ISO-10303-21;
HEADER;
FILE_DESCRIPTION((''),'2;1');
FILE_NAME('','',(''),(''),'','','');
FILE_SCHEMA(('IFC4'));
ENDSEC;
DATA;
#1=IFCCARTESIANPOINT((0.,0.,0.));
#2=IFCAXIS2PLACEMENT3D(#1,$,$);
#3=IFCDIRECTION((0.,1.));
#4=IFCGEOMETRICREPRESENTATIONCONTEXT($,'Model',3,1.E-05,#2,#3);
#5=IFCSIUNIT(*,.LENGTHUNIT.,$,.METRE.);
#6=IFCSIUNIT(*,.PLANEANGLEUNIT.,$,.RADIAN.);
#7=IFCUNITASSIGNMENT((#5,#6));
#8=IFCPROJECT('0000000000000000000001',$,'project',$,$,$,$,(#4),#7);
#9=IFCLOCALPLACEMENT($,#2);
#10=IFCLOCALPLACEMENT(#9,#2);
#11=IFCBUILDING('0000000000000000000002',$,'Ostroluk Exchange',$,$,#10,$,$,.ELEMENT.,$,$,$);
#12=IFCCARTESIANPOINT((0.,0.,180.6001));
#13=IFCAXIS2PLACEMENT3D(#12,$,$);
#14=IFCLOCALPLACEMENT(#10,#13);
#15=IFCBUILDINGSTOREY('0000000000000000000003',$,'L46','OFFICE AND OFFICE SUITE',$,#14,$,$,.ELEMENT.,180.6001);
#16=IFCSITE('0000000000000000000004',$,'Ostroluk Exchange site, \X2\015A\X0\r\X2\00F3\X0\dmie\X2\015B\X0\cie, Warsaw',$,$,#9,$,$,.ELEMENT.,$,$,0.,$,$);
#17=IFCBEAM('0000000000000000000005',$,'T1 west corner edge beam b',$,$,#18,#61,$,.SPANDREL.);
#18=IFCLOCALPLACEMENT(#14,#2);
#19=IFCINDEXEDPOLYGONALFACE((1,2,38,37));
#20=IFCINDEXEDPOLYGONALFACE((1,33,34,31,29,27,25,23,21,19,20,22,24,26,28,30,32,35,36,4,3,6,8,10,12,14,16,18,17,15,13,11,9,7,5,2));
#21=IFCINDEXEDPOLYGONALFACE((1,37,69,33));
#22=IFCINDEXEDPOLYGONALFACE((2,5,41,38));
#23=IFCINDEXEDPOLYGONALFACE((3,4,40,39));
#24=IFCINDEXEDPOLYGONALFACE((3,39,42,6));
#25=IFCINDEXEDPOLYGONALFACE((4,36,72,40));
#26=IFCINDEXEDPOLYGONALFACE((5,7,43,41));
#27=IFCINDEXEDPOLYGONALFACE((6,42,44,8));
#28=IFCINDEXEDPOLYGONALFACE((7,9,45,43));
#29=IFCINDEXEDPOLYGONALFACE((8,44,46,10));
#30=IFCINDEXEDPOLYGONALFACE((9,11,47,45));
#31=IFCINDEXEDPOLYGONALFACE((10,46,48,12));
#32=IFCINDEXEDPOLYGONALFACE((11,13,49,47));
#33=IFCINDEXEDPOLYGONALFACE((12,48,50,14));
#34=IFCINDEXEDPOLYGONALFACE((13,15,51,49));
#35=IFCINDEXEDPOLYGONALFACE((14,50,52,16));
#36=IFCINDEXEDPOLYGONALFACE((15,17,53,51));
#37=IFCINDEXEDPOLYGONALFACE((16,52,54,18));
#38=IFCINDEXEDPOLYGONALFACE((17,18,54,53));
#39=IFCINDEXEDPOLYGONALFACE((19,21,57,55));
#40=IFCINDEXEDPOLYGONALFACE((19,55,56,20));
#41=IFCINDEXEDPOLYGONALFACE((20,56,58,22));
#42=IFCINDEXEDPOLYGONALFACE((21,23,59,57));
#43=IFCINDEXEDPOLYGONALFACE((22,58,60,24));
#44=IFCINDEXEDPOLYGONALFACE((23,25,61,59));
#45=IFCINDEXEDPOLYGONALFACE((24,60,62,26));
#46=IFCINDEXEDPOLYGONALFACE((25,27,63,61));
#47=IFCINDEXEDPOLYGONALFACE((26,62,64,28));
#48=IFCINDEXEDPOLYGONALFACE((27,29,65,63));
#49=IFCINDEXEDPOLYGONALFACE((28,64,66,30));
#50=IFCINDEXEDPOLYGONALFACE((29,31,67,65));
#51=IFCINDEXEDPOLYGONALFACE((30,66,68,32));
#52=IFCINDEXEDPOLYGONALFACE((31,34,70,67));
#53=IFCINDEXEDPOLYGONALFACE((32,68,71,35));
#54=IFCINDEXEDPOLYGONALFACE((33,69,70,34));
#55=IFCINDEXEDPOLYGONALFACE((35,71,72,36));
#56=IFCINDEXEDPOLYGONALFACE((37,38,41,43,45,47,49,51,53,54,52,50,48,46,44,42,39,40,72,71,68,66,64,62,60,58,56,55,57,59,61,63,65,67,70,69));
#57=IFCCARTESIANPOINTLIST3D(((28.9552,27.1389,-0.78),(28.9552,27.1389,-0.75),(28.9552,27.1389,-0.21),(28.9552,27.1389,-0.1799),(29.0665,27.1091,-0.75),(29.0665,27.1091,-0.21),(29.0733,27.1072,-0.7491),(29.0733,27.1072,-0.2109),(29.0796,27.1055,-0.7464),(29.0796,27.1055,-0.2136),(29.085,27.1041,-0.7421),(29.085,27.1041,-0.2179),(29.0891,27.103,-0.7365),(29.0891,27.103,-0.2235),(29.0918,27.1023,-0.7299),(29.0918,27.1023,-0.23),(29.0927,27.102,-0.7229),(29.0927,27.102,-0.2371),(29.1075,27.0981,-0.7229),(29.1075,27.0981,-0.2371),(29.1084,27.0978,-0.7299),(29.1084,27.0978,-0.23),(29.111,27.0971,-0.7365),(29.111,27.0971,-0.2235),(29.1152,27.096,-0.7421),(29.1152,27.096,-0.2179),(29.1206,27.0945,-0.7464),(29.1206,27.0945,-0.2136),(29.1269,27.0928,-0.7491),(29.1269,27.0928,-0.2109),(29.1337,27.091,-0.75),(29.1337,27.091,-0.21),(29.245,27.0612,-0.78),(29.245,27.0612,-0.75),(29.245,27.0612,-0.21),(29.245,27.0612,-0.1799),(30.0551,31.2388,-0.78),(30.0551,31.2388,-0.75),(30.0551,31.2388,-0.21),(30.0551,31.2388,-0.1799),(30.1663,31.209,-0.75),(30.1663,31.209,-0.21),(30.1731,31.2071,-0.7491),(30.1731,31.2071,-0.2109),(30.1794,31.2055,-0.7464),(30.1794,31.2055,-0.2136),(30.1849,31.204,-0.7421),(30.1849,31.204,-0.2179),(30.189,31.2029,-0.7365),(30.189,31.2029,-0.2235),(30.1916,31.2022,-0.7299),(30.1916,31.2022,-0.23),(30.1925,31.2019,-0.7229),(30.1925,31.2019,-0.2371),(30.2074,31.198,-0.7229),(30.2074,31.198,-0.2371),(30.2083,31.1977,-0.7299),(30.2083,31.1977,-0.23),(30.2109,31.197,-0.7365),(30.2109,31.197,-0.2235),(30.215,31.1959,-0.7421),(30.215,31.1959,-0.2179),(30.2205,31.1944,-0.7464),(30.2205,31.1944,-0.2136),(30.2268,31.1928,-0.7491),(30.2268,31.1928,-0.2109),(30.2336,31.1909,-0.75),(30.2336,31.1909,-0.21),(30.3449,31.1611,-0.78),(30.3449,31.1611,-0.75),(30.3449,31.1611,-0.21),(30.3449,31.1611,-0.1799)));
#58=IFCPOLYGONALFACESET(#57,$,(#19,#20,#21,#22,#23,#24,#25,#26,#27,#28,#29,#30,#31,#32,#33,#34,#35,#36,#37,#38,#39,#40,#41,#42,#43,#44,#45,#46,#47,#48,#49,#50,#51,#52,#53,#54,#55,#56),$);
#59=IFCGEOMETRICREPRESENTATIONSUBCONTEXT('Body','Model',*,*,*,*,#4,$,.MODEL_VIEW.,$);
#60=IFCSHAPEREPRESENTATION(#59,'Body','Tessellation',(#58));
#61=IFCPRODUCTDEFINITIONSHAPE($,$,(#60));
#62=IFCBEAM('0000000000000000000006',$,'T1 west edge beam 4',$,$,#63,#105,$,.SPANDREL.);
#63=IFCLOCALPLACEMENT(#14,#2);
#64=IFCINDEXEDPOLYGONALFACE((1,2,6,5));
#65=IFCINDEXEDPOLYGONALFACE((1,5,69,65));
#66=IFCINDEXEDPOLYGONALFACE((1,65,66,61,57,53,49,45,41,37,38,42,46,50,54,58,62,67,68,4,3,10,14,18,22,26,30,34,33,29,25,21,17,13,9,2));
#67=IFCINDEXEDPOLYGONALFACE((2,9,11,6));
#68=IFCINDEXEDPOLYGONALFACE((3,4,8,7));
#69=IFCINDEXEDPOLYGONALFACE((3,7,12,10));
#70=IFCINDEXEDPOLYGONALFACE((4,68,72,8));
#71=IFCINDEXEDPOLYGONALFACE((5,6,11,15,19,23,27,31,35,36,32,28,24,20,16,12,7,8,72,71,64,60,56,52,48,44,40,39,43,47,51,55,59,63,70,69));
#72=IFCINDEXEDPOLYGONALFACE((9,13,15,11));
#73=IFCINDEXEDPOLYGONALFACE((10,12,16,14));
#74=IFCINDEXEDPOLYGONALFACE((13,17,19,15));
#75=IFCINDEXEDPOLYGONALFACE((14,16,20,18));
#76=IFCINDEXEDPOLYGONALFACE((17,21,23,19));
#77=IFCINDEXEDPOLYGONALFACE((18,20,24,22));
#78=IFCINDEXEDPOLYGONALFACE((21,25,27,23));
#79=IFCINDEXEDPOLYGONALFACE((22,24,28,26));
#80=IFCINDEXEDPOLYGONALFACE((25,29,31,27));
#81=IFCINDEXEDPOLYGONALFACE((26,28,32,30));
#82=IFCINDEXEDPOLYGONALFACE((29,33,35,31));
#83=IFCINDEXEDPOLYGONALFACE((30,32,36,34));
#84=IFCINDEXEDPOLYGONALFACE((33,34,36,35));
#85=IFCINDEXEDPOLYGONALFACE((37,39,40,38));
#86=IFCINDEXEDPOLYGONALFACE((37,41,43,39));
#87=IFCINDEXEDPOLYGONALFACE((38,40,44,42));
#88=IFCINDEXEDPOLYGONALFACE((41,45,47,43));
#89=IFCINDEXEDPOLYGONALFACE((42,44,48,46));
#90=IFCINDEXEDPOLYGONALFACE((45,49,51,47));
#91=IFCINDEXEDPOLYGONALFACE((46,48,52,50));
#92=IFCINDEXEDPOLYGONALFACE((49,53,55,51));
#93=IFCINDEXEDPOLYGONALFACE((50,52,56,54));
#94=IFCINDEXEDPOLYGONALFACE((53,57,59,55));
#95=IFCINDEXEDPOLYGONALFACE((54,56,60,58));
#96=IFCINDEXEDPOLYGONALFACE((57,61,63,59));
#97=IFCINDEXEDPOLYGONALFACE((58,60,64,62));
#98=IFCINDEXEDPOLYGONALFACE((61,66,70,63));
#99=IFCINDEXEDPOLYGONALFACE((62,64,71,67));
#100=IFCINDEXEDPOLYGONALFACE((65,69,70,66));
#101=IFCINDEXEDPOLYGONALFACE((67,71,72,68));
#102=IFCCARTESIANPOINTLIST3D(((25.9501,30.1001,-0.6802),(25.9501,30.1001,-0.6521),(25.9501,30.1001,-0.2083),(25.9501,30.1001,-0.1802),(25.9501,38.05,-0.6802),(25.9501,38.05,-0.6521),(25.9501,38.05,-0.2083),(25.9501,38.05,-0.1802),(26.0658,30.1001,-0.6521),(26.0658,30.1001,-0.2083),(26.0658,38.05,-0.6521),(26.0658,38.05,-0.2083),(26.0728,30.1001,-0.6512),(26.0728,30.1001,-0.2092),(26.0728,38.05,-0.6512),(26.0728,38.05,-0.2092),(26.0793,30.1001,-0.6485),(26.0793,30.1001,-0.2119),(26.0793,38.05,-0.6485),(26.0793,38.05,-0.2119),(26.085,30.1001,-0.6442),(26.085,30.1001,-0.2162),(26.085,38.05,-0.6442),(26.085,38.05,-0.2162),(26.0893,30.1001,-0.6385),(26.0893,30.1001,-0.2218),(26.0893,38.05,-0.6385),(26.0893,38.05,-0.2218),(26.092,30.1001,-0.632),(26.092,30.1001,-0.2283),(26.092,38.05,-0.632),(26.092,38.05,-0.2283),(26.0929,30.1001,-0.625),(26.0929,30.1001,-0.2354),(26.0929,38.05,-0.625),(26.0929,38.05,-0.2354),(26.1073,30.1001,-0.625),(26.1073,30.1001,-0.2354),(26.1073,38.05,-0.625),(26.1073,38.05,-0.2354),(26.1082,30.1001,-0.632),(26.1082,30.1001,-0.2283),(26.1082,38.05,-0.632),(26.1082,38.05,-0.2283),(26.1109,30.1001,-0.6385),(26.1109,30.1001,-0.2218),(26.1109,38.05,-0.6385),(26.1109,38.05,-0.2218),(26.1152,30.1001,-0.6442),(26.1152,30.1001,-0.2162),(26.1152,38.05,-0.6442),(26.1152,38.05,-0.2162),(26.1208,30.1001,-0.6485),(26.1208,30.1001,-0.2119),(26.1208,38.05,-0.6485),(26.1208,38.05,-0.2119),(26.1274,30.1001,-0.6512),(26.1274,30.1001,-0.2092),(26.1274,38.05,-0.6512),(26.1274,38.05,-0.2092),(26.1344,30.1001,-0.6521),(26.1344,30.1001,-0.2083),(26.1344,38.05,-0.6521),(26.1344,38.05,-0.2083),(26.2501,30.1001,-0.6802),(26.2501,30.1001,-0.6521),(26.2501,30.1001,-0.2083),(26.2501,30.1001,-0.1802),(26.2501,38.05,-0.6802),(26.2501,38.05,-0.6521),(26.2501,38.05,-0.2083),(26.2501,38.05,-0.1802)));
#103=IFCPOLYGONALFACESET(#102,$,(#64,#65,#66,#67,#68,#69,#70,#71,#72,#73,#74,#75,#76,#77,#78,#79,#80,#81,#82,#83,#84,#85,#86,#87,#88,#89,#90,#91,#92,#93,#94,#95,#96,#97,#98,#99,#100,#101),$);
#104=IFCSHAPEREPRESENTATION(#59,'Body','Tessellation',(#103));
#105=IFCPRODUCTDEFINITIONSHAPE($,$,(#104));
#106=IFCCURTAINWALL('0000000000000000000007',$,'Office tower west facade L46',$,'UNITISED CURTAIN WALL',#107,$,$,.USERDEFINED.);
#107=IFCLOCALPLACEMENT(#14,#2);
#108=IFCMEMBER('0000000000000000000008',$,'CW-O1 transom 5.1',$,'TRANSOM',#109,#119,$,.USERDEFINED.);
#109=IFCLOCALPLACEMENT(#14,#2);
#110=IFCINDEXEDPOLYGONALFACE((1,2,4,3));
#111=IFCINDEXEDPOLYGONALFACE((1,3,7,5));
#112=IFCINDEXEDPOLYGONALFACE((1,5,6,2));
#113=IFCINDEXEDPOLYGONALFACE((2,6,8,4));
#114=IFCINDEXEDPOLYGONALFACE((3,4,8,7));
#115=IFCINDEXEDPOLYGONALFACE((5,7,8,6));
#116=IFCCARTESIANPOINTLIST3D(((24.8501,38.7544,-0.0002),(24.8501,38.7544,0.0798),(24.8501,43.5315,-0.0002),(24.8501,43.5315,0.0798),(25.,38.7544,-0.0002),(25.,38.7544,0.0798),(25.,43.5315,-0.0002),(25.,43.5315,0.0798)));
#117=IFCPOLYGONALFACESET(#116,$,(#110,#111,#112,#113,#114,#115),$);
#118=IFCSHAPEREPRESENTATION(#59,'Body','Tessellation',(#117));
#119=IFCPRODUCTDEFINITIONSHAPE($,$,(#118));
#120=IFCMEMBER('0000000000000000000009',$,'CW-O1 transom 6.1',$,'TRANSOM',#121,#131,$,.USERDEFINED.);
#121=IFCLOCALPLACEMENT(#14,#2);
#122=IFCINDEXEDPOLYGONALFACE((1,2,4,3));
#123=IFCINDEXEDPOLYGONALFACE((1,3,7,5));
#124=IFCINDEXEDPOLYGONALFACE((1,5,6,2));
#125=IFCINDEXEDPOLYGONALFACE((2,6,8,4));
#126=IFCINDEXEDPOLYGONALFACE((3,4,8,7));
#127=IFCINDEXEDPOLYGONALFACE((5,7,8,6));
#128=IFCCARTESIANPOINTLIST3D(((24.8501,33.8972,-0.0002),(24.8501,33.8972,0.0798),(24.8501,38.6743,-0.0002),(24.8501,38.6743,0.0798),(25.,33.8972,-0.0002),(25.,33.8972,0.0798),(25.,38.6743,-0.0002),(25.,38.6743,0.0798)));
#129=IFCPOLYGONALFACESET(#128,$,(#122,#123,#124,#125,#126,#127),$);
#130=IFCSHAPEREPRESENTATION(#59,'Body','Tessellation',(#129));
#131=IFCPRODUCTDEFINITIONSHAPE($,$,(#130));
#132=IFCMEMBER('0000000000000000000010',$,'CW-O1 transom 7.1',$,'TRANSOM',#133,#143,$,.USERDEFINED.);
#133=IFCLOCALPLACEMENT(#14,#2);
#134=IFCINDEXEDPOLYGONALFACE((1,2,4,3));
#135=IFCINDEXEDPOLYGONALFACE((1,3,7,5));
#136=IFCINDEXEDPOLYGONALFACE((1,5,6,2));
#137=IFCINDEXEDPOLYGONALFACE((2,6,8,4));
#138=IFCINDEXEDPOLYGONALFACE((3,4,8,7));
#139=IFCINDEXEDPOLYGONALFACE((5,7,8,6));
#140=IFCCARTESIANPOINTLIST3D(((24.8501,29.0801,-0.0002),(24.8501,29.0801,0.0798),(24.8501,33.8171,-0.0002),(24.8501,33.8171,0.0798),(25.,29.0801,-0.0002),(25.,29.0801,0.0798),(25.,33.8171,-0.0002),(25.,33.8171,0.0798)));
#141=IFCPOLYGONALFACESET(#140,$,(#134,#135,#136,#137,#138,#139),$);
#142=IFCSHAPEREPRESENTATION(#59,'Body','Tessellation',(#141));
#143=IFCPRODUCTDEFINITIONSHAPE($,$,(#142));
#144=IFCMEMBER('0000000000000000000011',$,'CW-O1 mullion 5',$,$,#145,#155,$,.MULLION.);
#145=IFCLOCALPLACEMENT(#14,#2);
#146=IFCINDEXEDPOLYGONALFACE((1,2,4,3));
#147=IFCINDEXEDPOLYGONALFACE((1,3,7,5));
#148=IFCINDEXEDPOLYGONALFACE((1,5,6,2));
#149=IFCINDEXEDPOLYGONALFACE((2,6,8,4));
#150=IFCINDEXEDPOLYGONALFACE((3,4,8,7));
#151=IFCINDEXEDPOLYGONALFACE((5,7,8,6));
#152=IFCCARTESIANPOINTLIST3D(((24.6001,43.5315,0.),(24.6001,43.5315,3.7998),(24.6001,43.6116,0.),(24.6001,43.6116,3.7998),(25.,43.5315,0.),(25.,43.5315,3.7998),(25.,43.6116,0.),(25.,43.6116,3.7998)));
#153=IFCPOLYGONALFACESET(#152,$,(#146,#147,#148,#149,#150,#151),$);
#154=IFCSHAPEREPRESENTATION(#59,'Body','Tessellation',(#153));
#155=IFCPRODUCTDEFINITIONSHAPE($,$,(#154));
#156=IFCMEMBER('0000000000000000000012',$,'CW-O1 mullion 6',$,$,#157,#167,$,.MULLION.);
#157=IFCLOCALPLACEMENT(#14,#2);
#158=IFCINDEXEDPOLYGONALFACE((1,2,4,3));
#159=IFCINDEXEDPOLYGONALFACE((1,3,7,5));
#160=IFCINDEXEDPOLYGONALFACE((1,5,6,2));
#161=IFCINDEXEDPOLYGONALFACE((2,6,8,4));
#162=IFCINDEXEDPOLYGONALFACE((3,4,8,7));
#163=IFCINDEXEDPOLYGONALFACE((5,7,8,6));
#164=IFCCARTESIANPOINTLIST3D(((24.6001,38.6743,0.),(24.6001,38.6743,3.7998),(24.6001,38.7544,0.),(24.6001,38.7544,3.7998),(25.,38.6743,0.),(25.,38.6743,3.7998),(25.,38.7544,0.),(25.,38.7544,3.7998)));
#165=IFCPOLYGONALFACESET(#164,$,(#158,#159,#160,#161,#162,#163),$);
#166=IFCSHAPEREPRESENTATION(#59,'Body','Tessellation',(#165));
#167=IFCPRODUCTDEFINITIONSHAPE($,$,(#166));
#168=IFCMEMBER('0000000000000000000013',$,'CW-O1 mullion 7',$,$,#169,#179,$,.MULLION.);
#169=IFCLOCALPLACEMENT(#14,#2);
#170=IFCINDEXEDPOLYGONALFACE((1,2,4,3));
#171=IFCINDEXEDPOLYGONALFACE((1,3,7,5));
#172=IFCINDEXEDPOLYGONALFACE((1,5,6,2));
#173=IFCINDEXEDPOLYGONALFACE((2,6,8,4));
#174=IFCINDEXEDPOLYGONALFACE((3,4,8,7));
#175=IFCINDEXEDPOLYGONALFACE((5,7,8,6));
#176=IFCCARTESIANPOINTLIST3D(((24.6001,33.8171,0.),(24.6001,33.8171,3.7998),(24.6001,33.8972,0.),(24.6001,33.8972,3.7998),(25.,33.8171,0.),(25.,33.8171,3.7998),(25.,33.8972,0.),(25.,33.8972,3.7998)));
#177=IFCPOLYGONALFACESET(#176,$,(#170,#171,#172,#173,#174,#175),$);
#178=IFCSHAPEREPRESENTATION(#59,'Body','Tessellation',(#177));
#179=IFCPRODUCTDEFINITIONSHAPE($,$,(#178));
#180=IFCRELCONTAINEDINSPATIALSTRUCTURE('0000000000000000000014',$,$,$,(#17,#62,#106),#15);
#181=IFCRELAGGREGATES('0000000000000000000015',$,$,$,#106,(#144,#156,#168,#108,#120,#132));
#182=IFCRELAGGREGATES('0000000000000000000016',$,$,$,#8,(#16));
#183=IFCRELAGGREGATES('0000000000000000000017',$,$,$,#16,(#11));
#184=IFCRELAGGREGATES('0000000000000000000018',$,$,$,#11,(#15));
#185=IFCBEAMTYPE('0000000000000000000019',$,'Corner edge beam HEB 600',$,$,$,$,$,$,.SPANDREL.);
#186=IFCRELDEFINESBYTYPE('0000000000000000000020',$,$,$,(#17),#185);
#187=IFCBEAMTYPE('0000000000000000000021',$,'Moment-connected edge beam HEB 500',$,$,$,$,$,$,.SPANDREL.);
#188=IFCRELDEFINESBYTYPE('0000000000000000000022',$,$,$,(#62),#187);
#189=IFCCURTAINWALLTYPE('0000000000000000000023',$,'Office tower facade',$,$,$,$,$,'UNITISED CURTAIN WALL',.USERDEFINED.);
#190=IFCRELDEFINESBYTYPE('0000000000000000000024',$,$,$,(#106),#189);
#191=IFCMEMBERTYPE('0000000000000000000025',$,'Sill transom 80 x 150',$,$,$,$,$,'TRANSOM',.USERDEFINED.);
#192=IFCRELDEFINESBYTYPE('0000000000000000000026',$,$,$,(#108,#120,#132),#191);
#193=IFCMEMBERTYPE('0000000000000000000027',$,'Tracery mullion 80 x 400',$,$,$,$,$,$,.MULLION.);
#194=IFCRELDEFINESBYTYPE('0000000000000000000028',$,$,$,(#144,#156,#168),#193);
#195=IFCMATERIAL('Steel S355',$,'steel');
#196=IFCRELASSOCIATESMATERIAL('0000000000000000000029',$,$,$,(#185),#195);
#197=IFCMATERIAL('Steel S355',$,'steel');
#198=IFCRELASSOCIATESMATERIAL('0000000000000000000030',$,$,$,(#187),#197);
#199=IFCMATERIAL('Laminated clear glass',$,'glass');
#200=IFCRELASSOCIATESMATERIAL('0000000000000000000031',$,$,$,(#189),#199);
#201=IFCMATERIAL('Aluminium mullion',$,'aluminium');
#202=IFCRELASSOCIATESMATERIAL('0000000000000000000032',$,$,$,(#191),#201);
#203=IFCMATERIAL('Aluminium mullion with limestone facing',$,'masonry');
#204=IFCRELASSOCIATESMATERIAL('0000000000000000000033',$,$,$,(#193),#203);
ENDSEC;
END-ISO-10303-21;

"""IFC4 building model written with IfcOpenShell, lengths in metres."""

from ifc_helpers import new_model, si_unit, direction, frame, origin, origin_2d, place, context, subcontext, project, spatial, rectangle, i_section, extrude, material, material_profile, profile_set, type_object, element, aggregate, save


model = new_model("IFC4")

# Units and contexts
model_context = context("Model", 3, precision=1e-05, world=origin(), true_north=direction((0.0, 1.0)))
body_context = subcontext(model_context, "Body", "Model", "MODEL_VIEW")
ifc_project = project(units=[si_unit("LENGTHUNIT", "METRE"), si_unit("PLANEANGLEUNIT", "RADIAN")], contexts=[model_context])

# Site, building, storey
site_placement = place(None, origin())
site = spatial("IfcSite", under=ifc_project, at=site_placement, Name="Ostroluk Exchange site, Śródmieście, Warsaw", CompositionType="ELEMENT", RefElevation=0.0)
building_placement = place(site_placement, origin())
building = spatial("IfcBuilding", under=site, at=building_placement, Name="Ostroluk Exchange", CompositionType="ELEMENT")
storey_placement = place(building_placement, frame((0.0, 0.0, 180.6001)))
storey = spatial("IfcBuildingStorey", under=building, at=storey_placement, Name="L46", Description="OFFICE AND OFFICE SUITE", CompositionType="ELEMENT", Elevation=180.6001)

# Beams
ifc_material_1 = material(Name="Steel S355", Category="steel")
ifc_material_profile_1 = material_profile(ifc_material_1, i_section(OverallWidth=0.3, OverallDepth=0.6001, WebThickness=0.0154, FlangeThickness=0.03, FilletRadius=0.0271, at=origin_2d()), Name="HEB 600")
ifc_profile_set_1 = profile_set([ifc_material_profile_1], Name="Steel S355")
beam_type_1 = type_object("IfcBeamType", Name="Corner edge beam HEB 600", PredefinedType="SPANDREL", material=ifc_profile_set_1)
for number, where, z_axis, x_axis, name in (
    (1, (30.2, 31.2, -0.48), (-0.259105, -0.965849, 0.0), (0.965849, -0.259105, 0.0), "T1 west corner edge beam b"),
):
    element("IfcBeam", number, at=place(storey_placement, frame(where, z_axis=z_axis, x_axis=x_axis)), inside=storey, type_object=beam_type_1, Name=name, PredefinedType="SPANDREL", context=body_context, shape_type="SweptSolid", body=[
        extrude(i_section(OverallWidth=0.3, OverallDepth=0.6001, WebThickness=0.0154, FlangeThickness=0.03, FilletRadius=0.0271, at=origin_2d()), origin(), (0.0, 0.0, 1.0), 4.2449),
    ])
ifc_material_2 = material(Name="Steel S355", Category="steel")
ifc_material_profile_2 = material_profile(ifc_material_2, i_section(OverallWidth=0.3, OverallDepth=0.5, WebThickness=0.0144, FlangeThickness=0.0281, FilletRadius=0.0271, at=origin_2d()), Name="HEB 500")
ifc_profile_set_2 = profile_set([ifc_material_profile_2], Name="Steel S355")
beam_type_2 = type_object("IfcBeamType", Name="Moment-connected edge beam HEB 500", PredefinedType="SPANDREL", material=ifc_profile_set_2)
beam_1_placement = place(storey_placement, frame((26.1001, 38.05, -0.4302), z_axis=(0.0, -1.0, 0.0), x_axis=(1.0, 0.0, 0.0)))
element("IfcBeam", 2, at=beam_1_placement, inside=storey, type_object=beam_type_2, Name="T1 west edge beam 4", PredefinedType="SPANDREL", context=body_context, shape_type="SweptSolid", body=[
    extrude(i_section(OverallWidth=0.3, OverallDepth=0.5, WebThickness=0.0144, FlangeThickness=0.0281, FilletRadius=0.0271, at=origin_2d()), origin(), (0.0, 0.0, 1.0), 7.95),
])

# Curtain wall, members
ifc_material_3 = material(Name="Laminated clear glass", Category="glass")
curtain_wall_type = type_object("IfcCurtainWallType", Name="Office tower facade", ElementType="UNITISED CURTAIN WALL", PredefinedType="USERDEFINED", material=ifc_material_3)
curtain_wall_placement = place(storey_placement, origin())
curtain_wall = element("IfcCurtainWall", 3, at=curtain_wall_placement, inside=storey, type_object=curtain_wall_type, Name="Office tower west facade L46", ObjectType="UNITISED CURTAIN WALL", PredefinedType="USERDEFINED")
ifc_material_4 = material(Name="Aluminium mullion", Category="aluminium")
ifc_material_profile_3 = material_profile(ifc_material_4, rectangle(XDim=0.1499, YDim=0.0801, at=origin_2d()), Name="Sill transom 80 x 150")
ifc_profile_set_3 = profile_set([ifc_material_profile_3], Name="Aluminium mullion")
member_type_1 = type_object("IfcMemberType", Name="Sill transom 80 x 150", ElementType="TRANSOM", PredefinedType="USERDEFINED", material=ifc_profile_set_3)
member_1_placement = place(storey_placement, frame((24.925, 43.5315, 0.0398), z_axis=(0.0, -1.0, 0.0), x_axis=(1.0, 0.0, 0.0)))
member_1 = element("IfcMember", 4, at=member_1_placement, type_object=member_type_1, Name="CW-O1 transom 5.1", ObjectType="TRANSOM", PredefinedType="USERDEFINED", context=body_context, shape_type="SweptSolid", body=[
    extrude(rectangle(XDim=0.1499, YDim=0.0801, at=origin_2d()), origin(), (0.0, 0.0, 1.0), 4.7771),
])
member_2_placement = place(storey_placement, frame((24.925, 38.6743, 0.0398), z_axis=(0.0, -1.0, 0.0), x_axis=(1.0, 0.0, 0.0)))
member_2 = element("IfcMember", 5, at=member_2_placement, type_object=member_type_1, Name="CW-O1 transom 6.1", ObjectType="TRANSOM", PredefinedType="USERDEFINED", context=body_context, shape_type="SweptSolid", body=[
    extrude(rectangle(XDim=0.1499, YDim=0.0801, at=origin_2d()), origin(), (0.0, 0.0, 1.0), 4.7771),
])
member_3_placement = place(storey_placement, frame((24.925, 33.8171, 0.0398), z_axis=(0.0, -1.0, 0.0), x_axis=(1.0, 0.0, 0.0)))
member_3 = element("IfcMember", 6, at=member_3_placement, type_object=member_type_1, Name="CW-O1 transom 7.1", ObjectType="TRANSOM", PredefinedType="USERDEFINED", context=body_context, shape_type="SweptSolid", body=[
    extrude(rectangle(XDim=0.1499, YDim=0.0801, at=origin_2d()), origin(), (0.0, 0.0, 1.0), 4.7371),
])
ifc_material_5 = material(Name="Aluminium mullion with limestone facing", Category="masonry")
ifc_material_profile_4 = material_profile(ifc_material_5, rectangle(XDim=0.3999, YDim=0.0801, at=origin_2d()), Name="Tracery mullion 80 x 400")
ifc_profile_set_4 = profile_set([ifc_material_profile_4], Name="Aluminium mullion with limestone facing")
member_type_2 = type_object("IfcMemberType", Name="Tracery mullion 80 x 400", PredefinedType="MULLION", material=ifc_profile_set_4)
member_4_placement = place(storey_placement, frame((24.8, 43.5715, 0.0), z_axis=(0.0, 0.0, 1.0), x_axis=(1.0, 0.0, 0.0)))
member_4 = element("IfcMember", 7, at=member_4_placement, type_object=member_type_2, Name="CW-O1 mullion 5", PredefinedType="MULLION", context=body_context, shape_type="SweptSolid", body=[
    extrude(rectangle(XDim=0.3999, YDim=0.0801, at=origin_2d()), origin(), (0.0, 0.0, 1.0), 3.7998),
])
member_5_placement = place(storey_placement, frame((24.8, 38.7144, 0.0), z_axis=(0.0, 0.0, 1.0), x_axis=(1.0, 0.0, 0.0)))
member_5 = element("IfcMember", 8, at=member_5_placement, type_object=member_type_2, Name="CW-O1 mullion 6", PredefinedType="MULLION", context=body_context, shape_type="SweptSolid", body=[
    extrude(rectangle(XDim=0.3999, YDim=0.0801, at=origin_2d()), origin(), (0.0, 0.0, 1.0), 3.7998),
])
member_6_placement = place(storey_placement, frame((24.8, 33.8572, 0.0), z_axis=(0.0, 0.0, 1.0), x_axis=(1.0, 0.0, 0.0)))
member_6 = element("IfcMember", 9, at=member_6_placement, type_object=member_type_2, Name="CW-O1 mullion 7", PredefinedType="MULLION", context=body_context, shape_type="SweptSolid", body=[
    extrude(rectangle(XDim=0.3999, YDim=0.0801, at=origin_2d()), origin(), (0.0, 0.0, 1.0), 3.7998),
])
aggregate(curtain_wall, [member_4, member_5, member_6, member_1, member_2, member_3])

save(model, "model.ifc")
